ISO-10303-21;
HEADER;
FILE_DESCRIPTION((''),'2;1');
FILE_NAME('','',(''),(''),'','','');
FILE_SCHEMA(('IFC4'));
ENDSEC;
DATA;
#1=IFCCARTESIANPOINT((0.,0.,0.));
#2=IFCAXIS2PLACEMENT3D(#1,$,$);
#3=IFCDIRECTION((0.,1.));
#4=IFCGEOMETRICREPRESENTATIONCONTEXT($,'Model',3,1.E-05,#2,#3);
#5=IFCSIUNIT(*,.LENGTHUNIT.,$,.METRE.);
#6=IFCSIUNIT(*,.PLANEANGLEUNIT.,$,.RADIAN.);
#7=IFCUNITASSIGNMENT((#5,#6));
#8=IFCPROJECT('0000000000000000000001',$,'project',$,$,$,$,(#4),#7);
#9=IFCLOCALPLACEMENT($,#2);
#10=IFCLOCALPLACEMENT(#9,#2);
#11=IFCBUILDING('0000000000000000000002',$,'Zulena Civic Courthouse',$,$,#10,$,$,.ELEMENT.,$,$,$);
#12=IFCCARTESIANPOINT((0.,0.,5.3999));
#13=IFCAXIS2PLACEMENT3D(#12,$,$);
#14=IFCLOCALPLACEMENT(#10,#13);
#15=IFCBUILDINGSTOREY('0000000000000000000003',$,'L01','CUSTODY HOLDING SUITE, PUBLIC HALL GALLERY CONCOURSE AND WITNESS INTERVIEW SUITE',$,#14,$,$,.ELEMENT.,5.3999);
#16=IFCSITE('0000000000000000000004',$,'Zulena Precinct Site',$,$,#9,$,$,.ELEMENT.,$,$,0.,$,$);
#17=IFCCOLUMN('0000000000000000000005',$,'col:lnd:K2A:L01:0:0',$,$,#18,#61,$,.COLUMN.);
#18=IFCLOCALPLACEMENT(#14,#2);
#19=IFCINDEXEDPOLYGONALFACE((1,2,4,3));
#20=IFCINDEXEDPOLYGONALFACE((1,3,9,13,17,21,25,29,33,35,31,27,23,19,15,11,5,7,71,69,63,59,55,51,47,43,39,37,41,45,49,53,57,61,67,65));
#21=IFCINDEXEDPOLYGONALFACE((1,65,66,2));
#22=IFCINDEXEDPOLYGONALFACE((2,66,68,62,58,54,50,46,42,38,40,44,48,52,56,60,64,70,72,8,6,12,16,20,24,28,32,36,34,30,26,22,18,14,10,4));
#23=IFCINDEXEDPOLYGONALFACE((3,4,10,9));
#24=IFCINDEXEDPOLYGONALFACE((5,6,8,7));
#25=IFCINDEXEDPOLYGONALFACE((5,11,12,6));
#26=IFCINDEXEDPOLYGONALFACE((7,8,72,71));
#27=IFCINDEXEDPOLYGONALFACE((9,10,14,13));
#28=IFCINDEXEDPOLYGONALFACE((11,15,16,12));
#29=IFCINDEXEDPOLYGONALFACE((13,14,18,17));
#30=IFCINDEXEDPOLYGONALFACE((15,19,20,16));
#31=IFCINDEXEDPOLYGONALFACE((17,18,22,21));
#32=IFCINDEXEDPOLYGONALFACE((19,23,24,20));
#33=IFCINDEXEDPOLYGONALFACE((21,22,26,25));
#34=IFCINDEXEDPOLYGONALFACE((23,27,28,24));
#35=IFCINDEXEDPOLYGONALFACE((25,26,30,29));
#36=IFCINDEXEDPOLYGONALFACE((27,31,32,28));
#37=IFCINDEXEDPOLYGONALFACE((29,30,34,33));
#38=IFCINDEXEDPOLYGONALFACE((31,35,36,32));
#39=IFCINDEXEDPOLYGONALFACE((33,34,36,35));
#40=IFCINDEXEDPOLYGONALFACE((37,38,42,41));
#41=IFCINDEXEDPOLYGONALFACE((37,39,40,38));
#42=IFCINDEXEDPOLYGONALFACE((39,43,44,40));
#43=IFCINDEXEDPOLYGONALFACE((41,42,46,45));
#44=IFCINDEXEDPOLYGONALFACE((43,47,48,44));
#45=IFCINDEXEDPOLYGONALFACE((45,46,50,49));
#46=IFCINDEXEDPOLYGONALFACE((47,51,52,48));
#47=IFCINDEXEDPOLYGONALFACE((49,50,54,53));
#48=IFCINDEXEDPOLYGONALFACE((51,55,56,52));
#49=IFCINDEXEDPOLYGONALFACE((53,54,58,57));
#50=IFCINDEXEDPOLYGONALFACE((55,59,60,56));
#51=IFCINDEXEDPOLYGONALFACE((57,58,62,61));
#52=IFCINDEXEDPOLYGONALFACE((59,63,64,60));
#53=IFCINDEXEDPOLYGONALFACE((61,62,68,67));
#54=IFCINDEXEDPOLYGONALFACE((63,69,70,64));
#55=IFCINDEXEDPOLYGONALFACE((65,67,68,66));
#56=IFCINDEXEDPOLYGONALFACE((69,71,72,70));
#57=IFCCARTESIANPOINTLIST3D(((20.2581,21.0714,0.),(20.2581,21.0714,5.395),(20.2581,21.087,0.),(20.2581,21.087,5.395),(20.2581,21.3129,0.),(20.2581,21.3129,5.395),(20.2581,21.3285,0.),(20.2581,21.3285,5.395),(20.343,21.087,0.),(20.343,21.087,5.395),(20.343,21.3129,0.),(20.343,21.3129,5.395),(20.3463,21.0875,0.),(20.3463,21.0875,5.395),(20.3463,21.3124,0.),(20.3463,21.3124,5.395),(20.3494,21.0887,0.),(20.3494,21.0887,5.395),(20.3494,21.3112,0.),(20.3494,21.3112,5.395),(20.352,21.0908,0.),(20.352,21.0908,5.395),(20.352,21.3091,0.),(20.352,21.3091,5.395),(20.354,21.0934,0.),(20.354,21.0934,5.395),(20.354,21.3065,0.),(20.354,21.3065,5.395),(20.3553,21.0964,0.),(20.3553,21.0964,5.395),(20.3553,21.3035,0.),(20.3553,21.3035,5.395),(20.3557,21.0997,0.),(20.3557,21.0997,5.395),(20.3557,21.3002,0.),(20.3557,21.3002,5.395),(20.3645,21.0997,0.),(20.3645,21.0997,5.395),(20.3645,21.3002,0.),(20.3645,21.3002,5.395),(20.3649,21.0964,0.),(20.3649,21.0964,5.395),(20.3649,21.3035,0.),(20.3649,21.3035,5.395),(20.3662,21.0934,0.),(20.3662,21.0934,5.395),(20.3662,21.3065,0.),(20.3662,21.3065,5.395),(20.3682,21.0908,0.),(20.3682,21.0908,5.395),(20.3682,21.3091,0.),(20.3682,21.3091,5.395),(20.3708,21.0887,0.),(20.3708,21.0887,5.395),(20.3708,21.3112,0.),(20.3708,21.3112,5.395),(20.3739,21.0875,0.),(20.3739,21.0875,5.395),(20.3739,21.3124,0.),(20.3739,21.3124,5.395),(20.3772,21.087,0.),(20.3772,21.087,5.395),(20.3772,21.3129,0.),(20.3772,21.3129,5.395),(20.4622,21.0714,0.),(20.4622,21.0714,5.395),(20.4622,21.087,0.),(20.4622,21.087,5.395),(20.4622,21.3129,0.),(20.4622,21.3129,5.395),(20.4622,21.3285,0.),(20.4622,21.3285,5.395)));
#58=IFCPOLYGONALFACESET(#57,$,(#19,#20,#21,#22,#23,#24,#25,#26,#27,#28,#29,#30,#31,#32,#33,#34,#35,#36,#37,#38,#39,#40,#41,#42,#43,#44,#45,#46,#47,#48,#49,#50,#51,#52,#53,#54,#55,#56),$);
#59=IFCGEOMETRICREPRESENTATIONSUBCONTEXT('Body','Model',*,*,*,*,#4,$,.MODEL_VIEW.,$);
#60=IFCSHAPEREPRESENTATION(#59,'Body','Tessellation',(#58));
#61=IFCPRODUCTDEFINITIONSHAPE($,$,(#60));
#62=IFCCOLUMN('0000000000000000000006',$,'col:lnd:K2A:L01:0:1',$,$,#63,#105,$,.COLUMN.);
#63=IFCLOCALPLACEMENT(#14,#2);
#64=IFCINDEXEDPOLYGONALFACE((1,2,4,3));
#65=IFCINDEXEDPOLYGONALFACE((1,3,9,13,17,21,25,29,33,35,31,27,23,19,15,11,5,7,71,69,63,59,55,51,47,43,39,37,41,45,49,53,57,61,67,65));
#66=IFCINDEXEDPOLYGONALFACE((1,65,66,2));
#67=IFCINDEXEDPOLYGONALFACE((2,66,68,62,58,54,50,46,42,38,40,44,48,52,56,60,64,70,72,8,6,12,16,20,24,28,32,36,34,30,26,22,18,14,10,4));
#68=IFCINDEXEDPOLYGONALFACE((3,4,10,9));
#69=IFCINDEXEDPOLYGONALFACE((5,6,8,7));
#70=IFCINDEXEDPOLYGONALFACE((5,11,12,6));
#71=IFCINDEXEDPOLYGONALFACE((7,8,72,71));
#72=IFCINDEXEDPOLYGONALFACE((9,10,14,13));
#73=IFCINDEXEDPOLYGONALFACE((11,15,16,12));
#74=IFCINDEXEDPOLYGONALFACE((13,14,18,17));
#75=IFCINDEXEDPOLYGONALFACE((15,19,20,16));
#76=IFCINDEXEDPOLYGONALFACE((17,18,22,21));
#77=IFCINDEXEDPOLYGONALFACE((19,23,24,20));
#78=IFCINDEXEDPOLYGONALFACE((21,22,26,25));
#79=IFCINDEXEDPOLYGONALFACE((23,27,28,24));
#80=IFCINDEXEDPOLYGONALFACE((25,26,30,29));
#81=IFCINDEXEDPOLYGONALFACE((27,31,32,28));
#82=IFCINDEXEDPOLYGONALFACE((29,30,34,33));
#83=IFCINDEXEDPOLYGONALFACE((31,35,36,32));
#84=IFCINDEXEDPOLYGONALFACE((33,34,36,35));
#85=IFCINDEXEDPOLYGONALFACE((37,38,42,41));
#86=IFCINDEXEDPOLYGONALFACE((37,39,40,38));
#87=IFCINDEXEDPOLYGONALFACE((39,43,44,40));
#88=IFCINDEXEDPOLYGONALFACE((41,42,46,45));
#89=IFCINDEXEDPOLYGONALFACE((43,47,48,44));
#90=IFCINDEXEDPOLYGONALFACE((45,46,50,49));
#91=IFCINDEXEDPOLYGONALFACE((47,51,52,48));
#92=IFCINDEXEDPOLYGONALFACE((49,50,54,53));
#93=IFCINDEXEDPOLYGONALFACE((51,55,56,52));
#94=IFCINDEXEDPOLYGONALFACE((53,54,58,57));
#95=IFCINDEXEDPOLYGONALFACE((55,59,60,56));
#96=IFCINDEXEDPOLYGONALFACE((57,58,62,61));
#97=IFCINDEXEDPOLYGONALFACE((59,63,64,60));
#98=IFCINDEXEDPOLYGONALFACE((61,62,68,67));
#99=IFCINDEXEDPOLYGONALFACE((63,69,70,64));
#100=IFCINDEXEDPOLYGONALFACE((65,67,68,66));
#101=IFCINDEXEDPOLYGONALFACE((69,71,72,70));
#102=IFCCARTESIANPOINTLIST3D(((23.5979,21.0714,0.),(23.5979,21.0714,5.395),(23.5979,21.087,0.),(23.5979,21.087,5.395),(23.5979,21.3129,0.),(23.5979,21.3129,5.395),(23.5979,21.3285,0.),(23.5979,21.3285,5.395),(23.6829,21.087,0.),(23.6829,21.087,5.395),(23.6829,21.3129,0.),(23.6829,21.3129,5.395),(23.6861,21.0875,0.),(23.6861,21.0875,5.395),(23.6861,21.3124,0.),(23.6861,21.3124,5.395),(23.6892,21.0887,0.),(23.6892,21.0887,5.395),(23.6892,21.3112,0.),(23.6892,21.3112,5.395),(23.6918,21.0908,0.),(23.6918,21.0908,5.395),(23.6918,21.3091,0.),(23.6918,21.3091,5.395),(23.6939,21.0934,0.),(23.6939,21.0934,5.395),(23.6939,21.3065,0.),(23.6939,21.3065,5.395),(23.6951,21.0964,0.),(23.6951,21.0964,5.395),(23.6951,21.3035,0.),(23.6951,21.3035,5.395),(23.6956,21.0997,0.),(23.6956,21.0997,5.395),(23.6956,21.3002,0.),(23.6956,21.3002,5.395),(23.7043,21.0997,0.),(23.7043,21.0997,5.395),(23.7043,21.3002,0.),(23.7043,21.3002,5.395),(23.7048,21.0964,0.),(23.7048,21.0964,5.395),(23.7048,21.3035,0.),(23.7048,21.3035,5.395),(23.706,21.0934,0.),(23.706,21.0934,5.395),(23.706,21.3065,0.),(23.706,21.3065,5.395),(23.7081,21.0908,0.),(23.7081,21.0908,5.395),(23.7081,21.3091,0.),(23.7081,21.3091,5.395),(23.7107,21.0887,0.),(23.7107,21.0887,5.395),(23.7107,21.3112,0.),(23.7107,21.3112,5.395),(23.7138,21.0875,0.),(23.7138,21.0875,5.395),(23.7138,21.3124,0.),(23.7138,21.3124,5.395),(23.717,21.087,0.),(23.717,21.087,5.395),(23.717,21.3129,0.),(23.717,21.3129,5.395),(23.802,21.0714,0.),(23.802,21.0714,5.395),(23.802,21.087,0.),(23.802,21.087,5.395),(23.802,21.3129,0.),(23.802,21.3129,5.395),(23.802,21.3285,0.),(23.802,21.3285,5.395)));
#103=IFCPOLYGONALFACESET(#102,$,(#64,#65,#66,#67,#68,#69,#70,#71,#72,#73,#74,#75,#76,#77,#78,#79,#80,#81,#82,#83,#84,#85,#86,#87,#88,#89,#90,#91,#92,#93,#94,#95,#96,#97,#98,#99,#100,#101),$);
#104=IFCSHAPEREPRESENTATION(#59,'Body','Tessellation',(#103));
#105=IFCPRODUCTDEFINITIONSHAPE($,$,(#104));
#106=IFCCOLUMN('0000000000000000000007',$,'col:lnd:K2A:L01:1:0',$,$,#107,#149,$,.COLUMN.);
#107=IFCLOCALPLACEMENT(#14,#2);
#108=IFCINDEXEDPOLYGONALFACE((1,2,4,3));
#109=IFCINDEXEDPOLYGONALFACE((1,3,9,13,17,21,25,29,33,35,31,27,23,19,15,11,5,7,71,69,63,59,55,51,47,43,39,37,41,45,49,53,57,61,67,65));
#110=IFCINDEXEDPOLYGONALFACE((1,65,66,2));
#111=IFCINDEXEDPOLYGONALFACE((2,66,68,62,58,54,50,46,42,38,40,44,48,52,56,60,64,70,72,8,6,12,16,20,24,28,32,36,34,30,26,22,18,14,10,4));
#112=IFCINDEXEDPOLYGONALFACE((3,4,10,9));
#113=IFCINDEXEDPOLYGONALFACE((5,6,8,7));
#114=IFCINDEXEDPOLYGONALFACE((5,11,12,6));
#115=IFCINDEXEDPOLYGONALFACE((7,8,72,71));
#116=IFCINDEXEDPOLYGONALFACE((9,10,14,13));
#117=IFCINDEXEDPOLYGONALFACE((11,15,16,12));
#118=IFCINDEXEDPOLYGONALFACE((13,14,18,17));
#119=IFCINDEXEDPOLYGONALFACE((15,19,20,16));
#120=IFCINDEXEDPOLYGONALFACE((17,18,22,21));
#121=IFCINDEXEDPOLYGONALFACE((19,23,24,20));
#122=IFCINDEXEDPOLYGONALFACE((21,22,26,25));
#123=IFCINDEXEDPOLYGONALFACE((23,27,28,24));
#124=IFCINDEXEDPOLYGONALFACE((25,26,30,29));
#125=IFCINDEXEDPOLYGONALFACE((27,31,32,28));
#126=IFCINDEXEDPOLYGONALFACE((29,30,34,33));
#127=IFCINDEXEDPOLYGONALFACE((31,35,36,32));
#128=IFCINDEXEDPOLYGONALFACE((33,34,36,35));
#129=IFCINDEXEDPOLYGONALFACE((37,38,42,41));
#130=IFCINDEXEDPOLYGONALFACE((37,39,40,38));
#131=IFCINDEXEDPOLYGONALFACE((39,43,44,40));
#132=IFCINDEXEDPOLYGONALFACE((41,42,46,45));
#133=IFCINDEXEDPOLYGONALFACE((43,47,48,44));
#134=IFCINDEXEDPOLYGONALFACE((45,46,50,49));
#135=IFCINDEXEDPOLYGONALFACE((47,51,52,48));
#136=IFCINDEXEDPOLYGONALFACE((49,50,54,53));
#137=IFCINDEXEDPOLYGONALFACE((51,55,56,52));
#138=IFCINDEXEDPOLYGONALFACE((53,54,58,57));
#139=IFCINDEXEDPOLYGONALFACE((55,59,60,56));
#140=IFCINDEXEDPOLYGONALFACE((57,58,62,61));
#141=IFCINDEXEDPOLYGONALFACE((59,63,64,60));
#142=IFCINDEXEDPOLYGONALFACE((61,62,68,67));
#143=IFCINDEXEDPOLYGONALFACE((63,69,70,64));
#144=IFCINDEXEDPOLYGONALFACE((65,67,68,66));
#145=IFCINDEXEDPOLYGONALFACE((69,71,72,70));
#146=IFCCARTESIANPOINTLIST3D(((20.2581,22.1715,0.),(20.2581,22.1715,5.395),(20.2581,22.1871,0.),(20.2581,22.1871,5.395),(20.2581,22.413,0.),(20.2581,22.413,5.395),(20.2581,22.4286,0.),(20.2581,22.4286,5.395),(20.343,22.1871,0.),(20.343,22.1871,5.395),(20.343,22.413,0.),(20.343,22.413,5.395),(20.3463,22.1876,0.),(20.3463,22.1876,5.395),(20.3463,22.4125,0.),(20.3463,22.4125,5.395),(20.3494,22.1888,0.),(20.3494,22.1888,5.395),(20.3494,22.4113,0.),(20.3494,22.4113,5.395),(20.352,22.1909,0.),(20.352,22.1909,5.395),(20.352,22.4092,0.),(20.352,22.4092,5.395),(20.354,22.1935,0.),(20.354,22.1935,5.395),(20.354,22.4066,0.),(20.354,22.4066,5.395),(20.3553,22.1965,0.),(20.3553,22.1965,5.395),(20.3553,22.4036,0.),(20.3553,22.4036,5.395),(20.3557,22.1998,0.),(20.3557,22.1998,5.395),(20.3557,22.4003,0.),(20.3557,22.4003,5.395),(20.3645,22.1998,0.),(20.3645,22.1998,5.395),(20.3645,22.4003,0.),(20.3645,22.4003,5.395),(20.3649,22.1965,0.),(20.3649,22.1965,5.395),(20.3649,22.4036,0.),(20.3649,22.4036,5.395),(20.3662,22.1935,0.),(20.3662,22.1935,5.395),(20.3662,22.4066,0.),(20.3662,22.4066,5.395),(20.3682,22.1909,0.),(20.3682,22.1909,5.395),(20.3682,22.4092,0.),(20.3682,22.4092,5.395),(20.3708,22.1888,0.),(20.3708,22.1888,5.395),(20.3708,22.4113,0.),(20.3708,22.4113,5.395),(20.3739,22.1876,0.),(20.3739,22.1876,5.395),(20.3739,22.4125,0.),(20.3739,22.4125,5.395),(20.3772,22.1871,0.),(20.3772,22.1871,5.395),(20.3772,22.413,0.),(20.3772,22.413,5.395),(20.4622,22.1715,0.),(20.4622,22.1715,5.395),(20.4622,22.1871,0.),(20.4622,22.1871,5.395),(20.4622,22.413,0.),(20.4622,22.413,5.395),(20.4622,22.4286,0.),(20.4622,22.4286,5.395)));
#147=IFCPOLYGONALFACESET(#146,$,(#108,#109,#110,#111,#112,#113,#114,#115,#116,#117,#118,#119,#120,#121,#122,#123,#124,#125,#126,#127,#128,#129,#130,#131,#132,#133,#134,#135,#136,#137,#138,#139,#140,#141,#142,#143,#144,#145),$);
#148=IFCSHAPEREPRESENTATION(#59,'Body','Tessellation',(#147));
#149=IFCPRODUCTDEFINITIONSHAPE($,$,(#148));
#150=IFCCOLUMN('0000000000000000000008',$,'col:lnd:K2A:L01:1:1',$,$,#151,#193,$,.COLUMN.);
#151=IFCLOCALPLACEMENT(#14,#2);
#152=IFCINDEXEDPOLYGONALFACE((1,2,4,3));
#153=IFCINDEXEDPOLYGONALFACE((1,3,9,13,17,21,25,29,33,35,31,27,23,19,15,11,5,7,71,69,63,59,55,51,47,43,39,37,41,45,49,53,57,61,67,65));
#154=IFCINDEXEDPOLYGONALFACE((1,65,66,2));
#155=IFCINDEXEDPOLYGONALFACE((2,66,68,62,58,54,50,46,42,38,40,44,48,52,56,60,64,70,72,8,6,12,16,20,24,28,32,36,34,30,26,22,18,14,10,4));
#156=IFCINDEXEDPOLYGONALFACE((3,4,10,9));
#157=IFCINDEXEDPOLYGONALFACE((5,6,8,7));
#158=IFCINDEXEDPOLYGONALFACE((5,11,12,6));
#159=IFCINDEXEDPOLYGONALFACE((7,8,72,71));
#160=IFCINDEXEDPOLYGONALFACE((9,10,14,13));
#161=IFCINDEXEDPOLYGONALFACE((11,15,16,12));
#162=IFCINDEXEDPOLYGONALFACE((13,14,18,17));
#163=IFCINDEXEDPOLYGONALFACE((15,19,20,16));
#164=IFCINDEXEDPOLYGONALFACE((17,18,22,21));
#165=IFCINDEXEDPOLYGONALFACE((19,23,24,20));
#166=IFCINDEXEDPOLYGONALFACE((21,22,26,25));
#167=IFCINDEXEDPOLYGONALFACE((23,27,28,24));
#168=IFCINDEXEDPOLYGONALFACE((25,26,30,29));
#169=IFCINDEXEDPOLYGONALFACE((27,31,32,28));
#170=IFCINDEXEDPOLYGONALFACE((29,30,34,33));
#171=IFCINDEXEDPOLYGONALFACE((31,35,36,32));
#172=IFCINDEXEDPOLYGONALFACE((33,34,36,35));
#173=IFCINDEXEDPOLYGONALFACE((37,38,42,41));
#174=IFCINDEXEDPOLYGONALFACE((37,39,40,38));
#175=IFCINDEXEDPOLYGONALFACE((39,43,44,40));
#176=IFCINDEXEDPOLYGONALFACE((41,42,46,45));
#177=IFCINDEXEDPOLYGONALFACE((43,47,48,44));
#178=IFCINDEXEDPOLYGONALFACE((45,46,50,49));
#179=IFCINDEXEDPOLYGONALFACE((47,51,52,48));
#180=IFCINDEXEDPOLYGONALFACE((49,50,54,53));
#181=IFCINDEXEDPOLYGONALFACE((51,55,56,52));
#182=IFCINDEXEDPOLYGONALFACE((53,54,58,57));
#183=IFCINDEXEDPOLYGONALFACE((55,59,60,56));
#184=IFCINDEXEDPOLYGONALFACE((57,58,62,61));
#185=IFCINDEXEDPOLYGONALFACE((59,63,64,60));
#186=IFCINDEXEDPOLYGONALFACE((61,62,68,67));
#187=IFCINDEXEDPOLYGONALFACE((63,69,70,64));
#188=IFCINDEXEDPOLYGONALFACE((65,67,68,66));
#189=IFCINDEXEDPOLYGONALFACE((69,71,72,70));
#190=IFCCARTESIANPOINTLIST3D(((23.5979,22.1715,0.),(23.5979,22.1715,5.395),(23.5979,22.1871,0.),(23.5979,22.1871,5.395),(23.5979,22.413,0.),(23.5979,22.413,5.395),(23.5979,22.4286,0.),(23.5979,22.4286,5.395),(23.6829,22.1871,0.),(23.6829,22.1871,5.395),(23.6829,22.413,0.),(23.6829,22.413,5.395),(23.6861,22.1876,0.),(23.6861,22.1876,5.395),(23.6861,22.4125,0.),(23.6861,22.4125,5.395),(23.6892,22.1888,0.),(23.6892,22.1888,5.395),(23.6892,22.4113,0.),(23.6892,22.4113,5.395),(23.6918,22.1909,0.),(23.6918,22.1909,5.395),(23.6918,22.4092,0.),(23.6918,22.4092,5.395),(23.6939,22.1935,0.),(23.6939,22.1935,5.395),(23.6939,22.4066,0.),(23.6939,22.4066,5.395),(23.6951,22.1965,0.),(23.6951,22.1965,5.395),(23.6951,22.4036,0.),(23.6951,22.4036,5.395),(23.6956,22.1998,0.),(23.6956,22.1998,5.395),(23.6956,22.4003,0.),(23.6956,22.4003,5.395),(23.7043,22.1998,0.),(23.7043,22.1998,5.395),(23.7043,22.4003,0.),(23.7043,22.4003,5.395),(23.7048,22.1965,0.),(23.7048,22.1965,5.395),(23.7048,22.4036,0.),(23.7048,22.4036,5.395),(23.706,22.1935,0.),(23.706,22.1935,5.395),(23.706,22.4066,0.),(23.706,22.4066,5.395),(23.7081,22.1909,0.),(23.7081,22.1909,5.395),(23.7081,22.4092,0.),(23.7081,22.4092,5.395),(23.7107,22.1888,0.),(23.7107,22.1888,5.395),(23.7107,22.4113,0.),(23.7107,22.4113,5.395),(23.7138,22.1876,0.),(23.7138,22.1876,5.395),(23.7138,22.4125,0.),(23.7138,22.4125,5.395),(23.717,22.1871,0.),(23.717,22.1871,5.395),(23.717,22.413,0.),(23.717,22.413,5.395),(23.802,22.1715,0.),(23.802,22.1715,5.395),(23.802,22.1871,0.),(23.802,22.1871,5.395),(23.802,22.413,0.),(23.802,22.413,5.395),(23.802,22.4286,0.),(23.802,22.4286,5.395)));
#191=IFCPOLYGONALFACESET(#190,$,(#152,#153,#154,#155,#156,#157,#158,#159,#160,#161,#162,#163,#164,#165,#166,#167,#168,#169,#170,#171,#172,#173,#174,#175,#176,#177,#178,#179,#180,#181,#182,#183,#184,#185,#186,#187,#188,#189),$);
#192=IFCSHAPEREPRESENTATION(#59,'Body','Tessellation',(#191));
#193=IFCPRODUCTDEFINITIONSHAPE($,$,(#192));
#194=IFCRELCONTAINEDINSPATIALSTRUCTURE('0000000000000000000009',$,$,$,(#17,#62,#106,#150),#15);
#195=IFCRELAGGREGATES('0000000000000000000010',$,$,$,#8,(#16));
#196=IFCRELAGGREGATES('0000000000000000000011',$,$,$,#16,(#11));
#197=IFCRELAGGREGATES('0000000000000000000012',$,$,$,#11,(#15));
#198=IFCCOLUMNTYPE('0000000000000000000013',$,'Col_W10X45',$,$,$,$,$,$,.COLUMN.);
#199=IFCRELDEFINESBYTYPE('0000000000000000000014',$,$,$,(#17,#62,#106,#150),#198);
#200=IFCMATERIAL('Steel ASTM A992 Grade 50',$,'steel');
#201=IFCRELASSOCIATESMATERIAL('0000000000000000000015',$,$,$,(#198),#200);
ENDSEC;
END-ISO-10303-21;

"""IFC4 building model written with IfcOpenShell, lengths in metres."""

from ifc_helpers import new_model, si_unit, direction, frame, origin, origin_2d, place, context, subcontext, project, spatial, i_section, extrude, material, material_profile, profile_set, type_object, element, save


model = new_model("IFC4")

# Units and contexts
model_context = context("Model", 3, precision=1e-05, world=origin(), true_north=direction((0.0, 1.0)))
body_context = subcontext(model_context, "Body", "Model", "MODEL_VIEW")
ifc_project = project(units=[si_unit("LENGTHUNIT", "METRE"), si_unit("PLANEANGLEUNIT", "RADIAN")], contexts=[model_context])

# Site, building, storey
site_placement = place(None, origin())
site = spatial("IfcSite", under=ifc_project, at=site_placement, Name="Zulena Precinct Site", CompositionType="ELEMENT", RefElevation=0.0)
building_placement = place(site_placement, origin())
building = spatial("IfcBuilding", under=site, at=building_placement, Name="Zulena Civic Courthouse", CompositionType="ELEMENT")
storey_placement = place(building_placement, frame((0.0, 0.0, 5.3999)))
storey = spatial("IfcBuildingStorey", under=building, at=storey_placement, Name="L01", Description="CUSTODY HOLDING SUITE, PUBLIC HALL GALLERY CONCOURSE AND WITNESS INTERVIEW SUITE", CompositionType="ELEMENT", Elevation=5.3999)

# Columns
ifc_material_1 = material(Name="Steel ASTM A992 Grade 50", Category="steel")
ifc_material_profile_1 = material_profile(ifc_material_1, i_section(OverallWidth=0.2041, OverallDepth=0.2571, WebThickness=0.0088, FlangeThickness=0.0156, FilletRadius=0.0127, at=origin_2d()), Name="W10X45")
ifc_profile_set_1 = profile_set([ifc_material_profile_1], Name="Steel ASTM A992 Grade 50")
column_type_1 = type_object("IfcColumnType", Name="Col_W10X45", PredefinedType="COLUMN", material=ifc_profile_set_1)
for number, where, z_axis, x_axis, name in (
    (1, (20.3601, 21.2, 0.0), (0.0, 0.0, 1.0), (1.0, 0.0, 0.0), "col:lnd:K2A:L01:0:0"),
    (2, (23.7, 21.2, 0.0), (0.0, 0.0, 1.0), (1.0, 0.0, 0.0), "col:lnd:K2A:L01:0:1"),
    (3, (20.3601, 22.3, 0.0), (0.0, 0.0, 1.0), (1.0, 0.0, 0.0), "col:lnd:K2A:L01:1:0"),
    (4, (23.7, 22.3, 0.0), (0.0, 0.0, 1.0), (1.0, 0.0, 0.0), "col:lnd:K2A:L01:1:1"),
):
    element("IfcColumn", number, at=place(storey_placement, frame(where, z_axis=z_axis, x_axis=x_axis)), inside=storey, type_object=column_type_1, Name=name, PredefinedType="COLUMN", context=body_context, shape_type="SweptSolid", body=[
        extrude(i_section(OverallWidth=0.2041, OverallDepth=0.2571, WebThickness=0.0088, FlangeThickness=0.0156, FilletRadius=0.0127, at=origin_2d()), origin(), (0.0, 0.0, 1.0), 5.395),
    ])

save(model, "model.ifc")
